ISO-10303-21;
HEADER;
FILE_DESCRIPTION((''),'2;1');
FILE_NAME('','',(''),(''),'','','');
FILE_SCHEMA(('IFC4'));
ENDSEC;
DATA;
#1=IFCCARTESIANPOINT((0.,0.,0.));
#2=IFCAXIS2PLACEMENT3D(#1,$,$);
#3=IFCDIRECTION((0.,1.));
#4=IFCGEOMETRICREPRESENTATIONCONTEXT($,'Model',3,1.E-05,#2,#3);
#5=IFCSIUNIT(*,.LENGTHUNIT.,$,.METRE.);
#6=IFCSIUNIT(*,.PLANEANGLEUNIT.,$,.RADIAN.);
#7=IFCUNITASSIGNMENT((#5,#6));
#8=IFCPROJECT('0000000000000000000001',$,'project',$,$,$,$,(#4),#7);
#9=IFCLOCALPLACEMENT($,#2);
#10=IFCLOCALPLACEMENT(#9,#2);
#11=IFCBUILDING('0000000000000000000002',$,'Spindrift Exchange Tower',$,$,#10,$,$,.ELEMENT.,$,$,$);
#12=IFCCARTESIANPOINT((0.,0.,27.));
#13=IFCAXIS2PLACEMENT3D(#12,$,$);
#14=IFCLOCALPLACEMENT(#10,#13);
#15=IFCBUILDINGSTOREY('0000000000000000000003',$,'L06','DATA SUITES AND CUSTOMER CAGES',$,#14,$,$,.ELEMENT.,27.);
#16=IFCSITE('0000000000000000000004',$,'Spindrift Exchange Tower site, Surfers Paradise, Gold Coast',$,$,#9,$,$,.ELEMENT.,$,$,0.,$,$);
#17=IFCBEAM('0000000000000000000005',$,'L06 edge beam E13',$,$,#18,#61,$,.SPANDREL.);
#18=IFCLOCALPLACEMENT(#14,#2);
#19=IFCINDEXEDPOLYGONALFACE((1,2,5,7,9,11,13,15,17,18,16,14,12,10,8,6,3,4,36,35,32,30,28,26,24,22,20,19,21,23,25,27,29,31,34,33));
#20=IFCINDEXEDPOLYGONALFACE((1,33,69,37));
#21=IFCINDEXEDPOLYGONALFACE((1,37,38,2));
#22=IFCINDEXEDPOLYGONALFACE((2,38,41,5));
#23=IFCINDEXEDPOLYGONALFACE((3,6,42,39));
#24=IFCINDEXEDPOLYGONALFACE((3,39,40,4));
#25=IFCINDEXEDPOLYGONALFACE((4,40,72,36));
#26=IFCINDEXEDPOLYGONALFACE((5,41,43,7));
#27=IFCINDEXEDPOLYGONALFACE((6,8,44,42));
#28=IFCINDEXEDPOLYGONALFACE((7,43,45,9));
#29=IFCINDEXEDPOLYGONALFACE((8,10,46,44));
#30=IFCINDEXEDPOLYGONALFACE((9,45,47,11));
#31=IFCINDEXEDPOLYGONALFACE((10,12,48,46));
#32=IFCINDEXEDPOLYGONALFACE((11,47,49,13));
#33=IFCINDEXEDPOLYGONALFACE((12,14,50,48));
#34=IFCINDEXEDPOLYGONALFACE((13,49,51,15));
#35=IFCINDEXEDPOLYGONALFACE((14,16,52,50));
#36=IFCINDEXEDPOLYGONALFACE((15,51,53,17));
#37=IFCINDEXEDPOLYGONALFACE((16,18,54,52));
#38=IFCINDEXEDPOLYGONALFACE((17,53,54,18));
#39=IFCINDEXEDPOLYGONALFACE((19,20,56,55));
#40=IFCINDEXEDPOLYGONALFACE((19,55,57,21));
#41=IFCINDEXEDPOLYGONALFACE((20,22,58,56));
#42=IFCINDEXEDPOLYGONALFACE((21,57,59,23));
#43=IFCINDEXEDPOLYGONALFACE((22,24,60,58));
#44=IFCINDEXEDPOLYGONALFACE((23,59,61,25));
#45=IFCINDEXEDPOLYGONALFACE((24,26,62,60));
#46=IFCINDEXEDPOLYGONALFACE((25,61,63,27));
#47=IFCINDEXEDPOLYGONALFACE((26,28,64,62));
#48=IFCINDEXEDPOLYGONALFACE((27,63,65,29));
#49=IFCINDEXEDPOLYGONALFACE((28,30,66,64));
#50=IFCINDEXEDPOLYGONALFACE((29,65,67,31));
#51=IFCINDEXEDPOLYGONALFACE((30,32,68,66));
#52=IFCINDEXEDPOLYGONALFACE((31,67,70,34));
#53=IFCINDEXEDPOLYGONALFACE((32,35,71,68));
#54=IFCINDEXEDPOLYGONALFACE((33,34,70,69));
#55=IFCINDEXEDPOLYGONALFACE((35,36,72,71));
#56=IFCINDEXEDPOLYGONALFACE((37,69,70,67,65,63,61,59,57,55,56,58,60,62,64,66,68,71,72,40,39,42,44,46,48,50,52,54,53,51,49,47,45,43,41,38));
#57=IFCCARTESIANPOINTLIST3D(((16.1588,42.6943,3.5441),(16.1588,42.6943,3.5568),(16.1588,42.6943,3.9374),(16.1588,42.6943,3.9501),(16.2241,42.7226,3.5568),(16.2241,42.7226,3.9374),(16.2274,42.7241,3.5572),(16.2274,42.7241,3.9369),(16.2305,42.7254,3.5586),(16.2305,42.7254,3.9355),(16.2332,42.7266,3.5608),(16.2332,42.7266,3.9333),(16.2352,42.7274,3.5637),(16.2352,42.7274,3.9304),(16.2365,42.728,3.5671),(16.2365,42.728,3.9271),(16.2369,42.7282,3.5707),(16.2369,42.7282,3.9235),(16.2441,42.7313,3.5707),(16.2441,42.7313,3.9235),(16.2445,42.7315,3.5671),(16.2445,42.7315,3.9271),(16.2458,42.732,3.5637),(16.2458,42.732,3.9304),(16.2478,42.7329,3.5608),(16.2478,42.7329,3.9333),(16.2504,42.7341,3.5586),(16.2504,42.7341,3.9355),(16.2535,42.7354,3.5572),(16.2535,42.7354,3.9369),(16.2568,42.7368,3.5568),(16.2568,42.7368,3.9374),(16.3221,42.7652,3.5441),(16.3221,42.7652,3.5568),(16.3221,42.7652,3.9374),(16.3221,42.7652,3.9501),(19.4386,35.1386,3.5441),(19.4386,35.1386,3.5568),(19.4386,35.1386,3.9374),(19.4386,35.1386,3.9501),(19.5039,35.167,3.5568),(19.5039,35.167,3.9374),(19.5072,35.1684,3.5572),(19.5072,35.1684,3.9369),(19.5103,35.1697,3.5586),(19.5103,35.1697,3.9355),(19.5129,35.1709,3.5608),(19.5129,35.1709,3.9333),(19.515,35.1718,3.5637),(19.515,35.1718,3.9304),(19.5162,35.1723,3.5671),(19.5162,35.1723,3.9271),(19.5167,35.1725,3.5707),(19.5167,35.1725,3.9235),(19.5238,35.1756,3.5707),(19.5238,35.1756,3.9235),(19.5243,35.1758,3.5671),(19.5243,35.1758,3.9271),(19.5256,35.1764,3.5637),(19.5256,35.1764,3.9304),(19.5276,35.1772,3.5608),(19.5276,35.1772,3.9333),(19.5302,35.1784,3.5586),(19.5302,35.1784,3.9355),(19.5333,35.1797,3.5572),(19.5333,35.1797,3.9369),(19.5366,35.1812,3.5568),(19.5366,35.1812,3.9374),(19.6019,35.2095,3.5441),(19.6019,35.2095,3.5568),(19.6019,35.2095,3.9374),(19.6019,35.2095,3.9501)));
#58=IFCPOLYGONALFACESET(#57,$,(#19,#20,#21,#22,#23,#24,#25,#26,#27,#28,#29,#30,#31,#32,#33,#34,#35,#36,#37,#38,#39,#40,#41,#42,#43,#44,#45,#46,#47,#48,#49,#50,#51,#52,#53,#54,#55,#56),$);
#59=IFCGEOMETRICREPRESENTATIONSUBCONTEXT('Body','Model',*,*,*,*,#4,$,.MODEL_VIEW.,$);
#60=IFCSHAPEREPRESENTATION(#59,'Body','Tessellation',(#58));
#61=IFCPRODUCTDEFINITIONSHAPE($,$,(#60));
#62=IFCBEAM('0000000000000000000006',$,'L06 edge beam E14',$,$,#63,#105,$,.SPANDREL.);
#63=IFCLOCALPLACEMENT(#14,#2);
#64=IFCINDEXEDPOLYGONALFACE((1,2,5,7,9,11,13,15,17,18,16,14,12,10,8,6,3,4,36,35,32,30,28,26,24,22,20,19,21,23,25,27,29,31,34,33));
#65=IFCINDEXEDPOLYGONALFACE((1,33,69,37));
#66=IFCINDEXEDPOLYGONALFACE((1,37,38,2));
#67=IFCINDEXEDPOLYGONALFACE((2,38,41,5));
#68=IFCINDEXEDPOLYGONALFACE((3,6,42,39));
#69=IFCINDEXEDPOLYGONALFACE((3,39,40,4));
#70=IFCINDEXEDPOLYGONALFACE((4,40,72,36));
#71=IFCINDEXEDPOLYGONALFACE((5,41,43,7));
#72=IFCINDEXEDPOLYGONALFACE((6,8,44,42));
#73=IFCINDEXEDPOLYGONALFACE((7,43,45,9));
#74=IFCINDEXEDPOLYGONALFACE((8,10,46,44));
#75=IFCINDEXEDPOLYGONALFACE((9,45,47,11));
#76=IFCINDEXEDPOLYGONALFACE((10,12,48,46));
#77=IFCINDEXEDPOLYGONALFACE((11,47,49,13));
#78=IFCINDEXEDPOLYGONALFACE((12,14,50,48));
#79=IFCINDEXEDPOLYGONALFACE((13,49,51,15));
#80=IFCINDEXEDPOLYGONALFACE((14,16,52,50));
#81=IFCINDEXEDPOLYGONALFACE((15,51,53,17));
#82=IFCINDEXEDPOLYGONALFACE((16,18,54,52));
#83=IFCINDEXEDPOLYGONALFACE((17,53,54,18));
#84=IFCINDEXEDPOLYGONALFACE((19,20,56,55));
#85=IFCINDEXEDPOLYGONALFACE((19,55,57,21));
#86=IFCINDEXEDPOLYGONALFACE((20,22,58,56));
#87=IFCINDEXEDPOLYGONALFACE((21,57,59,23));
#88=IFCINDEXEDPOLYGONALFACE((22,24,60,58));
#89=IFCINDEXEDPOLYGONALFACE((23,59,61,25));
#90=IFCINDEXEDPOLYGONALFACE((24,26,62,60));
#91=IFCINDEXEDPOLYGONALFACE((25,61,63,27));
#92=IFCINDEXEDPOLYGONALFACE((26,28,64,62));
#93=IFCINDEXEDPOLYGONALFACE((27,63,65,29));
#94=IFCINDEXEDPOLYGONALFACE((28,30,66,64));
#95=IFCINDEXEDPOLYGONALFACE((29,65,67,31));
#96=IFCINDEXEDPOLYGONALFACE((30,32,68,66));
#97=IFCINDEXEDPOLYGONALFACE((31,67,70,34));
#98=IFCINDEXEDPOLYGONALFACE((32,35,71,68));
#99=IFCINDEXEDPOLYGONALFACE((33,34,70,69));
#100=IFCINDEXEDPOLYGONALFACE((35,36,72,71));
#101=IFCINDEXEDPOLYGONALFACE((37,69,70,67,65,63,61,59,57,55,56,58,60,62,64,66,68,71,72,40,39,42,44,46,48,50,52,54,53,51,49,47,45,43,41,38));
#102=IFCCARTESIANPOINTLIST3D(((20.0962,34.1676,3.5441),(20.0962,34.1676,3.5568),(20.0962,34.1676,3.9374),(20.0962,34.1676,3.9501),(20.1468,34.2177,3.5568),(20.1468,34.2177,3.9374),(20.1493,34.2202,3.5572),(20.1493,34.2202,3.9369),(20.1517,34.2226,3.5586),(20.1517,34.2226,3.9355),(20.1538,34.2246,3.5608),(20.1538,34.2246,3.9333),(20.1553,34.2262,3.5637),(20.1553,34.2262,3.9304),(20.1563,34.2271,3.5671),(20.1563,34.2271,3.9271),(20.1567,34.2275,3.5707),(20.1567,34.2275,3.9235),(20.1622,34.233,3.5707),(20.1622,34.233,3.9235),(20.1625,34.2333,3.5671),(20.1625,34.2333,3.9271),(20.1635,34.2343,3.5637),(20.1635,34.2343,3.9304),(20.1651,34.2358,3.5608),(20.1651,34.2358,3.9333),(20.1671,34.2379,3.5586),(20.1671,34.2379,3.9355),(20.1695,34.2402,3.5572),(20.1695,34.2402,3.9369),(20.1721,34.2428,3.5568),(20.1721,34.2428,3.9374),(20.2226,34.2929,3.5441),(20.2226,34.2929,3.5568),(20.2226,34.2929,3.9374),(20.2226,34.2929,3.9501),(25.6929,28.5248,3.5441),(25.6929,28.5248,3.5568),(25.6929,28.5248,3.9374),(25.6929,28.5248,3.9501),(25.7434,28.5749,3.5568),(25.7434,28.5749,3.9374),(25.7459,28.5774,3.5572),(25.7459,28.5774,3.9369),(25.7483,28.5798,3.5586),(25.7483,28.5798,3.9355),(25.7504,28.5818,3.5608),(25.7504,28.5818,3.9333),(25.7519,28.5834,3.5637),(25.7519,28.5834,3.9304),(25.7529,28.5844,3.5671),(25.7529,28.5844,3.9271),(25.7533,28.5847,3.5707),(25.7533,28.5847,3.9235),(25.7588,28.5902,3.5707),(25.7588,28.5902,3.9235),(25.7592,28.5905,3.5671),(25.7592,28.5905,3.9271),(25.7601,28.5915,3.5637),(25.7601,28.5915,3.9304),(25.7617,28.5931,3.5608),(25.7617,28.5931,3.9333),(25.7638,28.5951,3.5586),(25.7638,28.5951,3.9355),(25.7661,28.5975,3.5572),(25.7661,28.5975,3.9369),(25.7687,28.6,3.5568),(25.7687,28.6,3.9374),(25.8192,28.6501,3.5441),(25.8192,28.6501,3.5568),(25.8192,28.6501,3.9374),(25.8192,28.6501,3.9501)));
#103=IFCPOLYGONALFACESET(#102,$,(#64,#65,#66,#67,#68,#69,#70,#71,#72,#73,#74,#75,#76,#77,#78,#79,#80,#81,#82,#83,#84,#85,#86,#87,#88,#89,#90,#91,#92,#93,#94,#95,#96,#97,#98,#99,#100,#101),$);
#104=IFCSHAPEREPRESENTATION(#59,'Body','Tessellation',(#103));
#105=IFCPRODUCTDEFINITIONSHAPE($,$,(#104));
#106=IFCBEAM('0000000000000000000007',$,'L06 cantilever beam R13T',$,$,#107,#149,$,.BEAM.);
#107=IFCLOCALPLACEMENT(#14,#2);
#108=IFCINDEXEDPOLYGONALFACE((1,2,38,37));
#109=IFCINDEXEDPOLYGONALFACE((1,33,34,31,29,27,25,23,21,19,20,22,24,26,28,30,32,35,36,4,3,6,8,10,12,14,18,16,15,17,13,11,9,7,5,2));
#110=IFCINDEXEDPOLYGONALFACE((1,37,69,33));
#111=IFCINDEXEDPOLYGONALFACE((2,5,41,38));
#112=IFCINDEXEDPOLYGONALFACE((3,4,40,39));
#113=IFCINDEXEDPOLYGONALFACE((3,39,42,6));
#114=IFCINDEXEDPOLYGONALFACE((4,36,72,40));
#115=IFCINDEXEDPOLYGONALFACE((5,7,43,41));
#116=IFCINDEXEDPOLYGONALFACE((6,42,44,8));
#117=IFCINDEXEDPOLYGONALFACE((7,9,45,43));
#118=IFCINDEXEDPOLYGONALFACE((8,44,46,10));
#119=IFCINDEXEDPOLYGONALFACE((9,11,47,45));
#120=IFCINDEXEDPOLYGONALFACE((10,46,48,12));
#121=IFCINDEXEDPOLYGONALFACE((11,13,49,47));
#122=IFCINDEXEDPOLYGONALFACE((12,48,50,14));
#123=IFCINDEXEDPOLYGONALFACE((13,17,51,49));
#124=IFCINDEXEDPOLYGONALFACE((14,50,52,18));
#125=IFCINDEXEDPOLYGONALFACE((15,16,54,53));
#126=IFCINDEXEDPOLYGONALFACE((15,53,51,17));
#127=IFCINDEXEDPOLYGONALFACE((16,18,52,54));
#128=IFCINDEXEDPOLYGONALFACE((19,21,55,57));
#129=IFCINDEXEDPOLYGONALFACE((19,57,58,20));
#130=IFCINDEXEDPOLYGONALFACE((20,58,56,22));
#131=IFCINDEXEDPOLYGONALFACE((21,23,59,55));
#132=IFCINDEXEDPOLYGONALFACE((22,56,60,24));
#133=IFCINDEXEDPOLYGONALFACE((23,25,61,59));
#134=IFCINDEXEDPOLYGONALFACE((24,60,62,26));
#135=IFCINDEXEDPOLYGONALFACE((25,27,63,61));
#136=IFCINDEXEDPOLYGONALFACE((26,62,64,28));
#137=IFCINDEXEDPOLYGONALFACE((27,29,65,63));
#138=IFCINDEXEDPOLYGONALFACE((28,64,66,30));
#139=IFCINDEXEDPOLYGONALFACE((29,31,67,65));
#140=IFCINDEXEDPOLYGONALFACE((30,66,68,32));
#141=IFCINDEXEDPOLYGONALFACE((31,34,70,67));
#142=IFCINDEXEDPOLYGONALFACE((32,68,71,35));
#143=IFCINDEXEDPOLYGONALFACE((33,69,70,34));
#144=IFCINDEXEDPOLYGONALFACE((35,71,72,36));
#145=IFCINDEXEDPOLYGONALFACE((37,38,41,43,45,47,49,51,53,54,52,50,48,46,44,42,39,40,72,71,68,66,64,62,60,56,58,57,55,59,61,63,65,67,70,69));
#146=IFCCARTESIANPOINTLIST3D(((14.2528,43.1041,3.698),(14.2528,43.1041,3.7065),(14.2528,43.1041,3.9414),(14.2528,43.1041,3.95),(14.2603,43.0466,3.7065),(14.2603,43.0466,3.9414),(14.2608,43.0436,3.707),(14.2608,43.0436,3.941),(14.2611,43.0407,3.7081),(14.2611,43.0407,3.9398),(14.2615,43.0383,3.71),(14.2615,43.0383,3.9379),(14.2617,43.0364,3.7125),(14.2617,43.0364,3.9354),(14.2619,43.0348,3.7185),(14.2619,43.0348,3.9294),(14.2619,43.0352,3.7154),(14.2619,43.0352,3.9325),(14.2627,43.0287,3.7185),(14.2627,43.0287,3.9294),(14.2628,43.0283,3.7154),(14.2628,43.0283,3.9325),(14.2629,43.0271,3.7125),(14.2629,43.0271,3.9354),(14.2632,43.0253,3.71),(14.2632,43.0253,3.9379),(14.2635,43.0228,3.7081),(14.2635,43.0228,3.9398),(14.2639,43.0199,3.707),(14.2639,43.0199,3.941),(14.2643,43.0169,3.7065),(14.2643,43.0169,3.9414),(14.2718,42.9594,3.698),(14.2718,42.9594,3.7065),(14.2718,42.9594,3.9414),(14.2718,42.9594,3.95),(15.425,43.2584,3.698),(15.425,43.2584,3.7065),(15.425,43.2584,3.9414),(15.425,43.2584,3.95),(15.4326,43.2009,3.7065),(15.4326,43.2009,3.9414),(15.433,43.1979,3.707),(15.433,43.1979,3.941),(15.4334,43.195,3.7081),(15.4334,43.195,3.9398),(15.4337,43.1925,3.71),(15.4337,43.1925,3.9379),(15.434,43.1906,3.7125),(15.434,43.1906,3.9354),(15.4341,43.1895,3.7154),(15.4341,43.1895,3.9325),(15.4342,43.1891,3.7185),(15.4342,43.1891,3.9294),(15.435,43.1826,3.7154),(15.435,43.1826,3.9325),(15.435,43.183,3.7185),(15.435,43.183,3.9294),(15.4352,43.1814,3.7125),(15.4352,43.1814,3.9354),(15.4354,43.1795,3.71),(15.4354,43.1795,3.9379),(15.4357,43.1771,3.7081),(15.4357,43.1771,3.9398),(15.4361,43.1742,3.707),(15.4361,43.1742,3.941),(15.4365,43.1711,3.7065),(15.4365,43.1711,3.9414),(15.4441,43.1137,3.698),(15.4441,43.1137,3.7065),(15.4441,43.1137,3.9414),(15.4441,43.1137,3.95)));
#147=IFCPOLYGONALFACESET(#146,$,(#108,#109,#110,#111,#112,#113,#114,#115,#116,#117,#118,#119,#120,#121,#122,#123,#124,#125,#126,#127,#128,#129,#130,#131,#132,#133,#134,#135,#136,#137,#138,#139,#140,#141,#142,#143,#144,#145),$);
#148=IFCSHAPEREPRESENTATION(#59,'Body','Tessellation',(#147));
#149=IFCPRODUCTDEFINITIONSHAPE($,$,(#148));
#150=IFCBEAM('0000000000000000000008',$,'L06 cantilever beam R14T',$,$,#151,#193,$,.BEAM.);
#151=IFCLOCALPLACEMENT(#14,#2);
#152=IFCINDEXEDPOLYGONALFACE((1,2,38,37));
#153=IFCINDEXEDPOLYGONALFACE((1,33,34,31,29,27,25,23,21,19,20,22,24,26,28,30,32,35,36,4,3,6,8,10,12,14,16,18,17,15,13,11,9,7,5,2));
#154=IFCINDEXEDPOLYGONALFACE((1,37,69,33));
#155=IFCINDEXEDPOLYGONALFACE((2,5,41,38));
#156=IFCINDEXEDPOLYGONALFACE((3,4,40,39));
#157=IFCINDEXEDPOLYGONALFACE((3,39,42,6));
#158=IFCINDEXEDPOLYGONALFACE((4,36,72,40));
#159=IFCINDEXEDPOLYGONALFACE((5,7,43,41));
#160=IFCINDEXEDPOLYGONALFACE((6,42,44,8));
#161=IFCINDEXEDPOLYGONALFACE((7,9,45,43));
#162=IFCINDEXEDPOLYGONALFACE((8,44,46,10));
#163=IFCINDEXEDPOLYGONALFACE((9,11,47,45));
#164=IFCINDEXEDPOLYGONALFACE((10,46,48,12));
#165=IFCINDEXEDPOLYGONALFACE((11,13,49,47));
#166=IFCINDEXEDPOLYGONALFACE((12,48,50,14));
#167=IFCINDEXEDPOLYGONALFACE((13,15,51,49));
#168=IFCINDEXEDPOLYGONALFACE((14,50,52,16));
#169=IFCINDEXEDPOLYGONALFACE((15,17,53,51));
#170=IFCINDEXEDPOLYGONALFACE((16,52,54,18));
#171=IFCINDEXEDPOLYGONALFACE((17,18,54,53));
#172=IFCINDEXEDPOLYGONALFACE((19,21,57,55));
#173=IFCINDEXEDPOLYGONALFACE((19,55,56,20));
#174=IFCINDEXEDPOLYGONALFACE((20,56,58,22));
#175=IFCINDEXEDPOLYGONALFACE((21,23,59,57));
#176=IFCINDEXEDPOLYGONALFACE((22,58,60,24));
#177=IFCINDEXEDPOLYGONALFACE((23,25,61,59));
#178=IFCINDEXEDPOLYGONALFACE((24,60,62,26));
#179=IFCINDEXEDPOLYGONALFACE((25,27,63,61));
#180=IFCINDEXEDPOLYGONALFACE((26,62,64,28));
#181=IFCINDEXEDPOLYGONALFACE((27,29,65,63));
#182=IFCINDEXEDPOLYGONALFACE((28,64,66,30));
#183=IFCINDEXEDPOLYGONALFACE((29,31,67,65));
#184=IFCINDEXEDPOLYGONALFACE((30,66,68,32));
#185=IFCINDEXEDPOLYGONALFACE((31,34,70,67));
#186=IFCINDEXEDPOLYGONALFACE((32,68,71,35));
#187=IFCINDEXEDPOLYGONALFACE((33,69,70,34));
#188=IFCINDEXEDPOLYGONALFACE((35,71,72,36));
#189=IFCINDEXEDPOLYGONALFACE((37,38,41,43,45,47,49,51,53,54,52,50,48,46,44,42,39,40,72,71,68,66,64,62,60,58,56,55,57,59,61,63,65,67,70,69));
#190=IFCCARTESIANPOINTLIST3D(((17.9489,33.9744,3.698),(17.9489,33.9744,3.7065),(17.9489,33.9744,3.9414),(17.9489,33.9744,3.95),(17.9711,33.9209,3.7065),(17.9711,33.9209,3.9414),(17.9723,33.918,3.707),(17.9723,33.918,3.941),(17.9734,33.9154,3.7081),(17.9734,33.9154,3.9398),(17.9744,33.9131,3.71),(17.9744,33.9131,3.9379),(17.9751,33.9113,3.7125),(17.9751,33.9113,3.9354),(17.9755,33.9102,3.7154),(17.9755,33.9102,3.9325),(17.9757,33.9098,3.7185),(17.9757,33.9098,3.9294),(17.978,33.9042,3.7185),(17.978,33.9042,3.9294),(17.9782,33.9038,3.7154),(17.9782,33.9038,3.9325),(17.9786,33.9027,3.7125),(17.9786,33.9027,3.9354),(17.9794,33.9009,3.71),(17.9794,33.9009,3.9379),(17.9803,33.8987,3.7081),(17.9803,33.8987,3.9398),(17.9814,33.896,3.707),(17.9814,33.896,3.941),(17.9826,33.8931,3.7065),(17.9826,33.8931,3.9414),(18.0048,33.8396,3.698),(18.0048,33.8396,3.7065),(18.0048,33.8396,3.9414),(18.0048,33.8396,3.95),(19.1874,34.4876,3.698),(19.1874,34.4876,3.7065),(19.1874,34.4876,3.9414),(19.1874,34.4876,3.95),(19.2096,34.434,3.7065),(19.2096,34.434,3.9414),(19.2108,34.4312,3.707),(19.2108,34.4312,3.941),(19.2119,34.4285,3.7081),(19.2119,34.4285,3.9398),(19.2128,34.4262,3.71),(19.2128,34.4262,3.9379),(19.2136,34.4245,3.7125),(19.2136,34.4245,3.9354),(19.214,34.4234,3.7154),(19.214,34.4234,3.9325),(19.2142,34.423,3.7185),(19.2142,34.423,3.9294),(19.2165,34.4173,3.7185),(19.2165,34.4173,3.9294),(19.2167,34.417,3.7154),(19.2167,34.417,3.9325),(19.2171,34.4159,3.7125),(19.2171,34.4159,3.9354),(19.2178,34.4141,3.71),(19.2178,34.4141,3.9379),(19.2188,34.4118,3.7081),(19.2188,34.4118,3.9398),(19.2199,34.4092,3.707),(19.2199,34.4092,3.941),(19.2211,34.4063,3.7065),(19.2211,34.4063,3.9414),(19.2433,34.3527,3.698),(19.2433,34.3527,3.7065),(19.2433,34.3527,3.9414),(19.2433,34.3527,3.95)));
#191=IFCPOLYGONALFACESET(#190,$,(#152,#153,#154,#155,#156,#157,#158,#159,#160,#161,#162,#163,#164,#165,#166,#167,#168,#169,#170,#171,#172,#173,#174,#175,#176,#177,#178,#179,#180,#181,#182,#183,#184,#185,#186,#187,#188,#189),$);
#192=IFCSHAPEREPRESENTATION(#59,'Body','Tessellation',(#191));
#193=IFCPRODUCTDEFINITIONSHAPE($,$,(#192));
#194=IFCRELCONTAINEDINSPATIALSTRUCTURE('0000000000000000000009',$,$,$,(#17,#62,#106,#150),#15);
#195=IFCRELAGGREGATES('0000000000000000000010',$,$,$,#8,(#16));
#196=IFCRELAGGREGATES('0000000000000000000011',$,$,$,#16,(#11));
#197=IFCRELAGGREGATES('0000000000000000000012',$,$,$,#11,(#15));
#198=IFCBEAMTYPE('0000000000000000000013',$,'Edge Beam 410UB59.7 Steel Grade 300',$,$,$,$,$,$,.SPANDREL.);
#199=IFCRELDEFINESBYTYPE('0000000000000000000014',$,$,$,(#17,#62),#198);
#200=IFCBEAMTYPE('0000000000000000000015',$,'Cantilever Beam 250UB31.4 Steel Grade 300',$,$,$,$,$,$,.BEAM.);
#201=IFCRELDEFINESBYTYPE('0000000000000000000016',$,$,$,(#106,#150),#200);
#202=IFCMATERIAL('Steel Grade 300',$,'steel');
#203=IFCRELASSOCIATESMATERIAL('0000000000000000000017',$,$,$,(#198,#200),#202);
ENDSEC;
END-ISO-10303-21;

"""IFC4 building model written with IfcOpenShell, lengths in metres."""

from ifc_helpers import new_model, si_unit, direction, frame, origin, origin_2d, place, context, subcontext, project, spatial, i_section, extrude, source, transform, mapped, material, material_profile, profile_set, type_object, element, save


model = new_model("IFC4")

# Units and contexts
model_context = context("Model", 3, precision=1e-05, world=origin(), true_north=direction((0.0, 1.0)))
body_context = subcontext(model_context, "Body", "Model", "MODEL_VIEW")
ifc_project = project(units=[si_unit("LENGTHUNIT", "METRE"), si_unit("PLANEANGLEUNIT", "RADIAN")], contexts=[model_context])

# Site, building, storey
site_placement = place(None, origin())
site = spatial("IfcSite", under=ifc_project, at=site_placement, Name="Spindrift Exchange Tower site, Surfers Paradise, Gold Coast", CompositionType="ELEMENT", RefElevation=0.0)
building_placement = place(site_placement, origin())
building = spatial("IfcBuilding", under=site, at=building_placement, Name="Spindrift Exchange Tower", CompositionType="ELEMENT")
storey_placement = place(building_placement, frame((0.0, 0.0, 27.0)))
storey = spatial("IfcBuildingStorey", under=building, at=storey_placement, Name="L06", Description="DATA SUITES AND CUSTOMER CAGES", CompositionType="ELEMENT", Elevation=27.0)

# Beams
ifc_material_1 = material(Name="Steel Grade 300", Category="steel")
ifc_material_profile_1 = material_profile(ifc_material_1, i_section(OverallWidth=0.178, OverallDepth=0.406, WebThickness=0.0078, FlangeThickness=0.0127, FilletRadius=0.0139, at=origin_2d()), Name="410UB59.7")
ifc_profile_set_1 = profile_set([ifc_material_profile_1], Name="Steel Grade 300")
beam_type_1 = type_object("IfcBeamType", Name="Edge Beam 410UB59.7 Steel Grade 300", PredefinedType="SPANDREL", material=ifc_profile_set_1)
shared_shape_1 = source(origin(), body_context, "Body", "SweptSolid", [
    extrude(i_section(OverallWidth=0.178, OverallDepth=0.406, WebThickness=0.0078, FlangeThickness=0.0127, FilletRadius=0.0139, at=origin_2d()), origin(), (0.0, 0.0, 1.0), 8.2368),
])
beam_1_placement = place(storey_placement, frame((16.2405, 42.7297, 3.7471), z_axis=(0.398186, -0.917305, 0.0), x_axis=(0.917305, 0.398186, 0.0)))
element("IfcBeam", 1, at=beam_1_placement, inside=storey, type_object=beam_type_1, Name="L06 edge beam E13", PredefinedType="SPANDREL", context=body_context, shape_type="MappedRepresentation", body=[
    mapped(shared_shape_1, transform((0.0, 0.0, 0.0), scale=1.0)),
])
shared_shape_2 = source(origin(), body_context, "Body", "SweptSolid", [
    extrude(i_section(OverallWidth=0.178, OverallDepth=0.406, WebThickness=0.0078, FlangeThickness=0.0127, FilletRadius=0.0139, at=origin_2d()), origin(), (0.0, 0.0, 1.0), 7.9475),
])
beam_2_placement = place(storey_placement, frame((20.1594, 34.2302, 3.7471), z_axis=(0.704198, -0.710004, 0.0), x_axis=(0.710004, 0.704198, 0.0)))
element("IfcBeam", 2, at=beam_2_placement, inside=storey, type_object=beam_type_1, Name="L06 edge beam E14", PredefinedType="SPANDREL", context=body_context, shape_type="MappedRepresentation", body=[
    mapped(shared_shape_2, transform((0.0, 0.0, 0.0), scale=1.0)),
])
ifc_material_profile_2 = material_profile(ifc_material_1, i_section(OverallWidth=0.146, OverallDepth=0.252, WebThickness=0.0061, FlangeThickness=0.0085, FilletRadius=0.012, at=origin_2d()), Name="250UB31.4")
ifc_profile_set_2 = profile_set([ifc_material_profile_2], Name="Steel Grade 300")
beam_type_2 = type_object("IfcBeamType", Name="Cantilever Beam 250UB31.4 Steel Grade 300", PredefinedType="BEAM", material=ifc_profile_set_2)
shared_shape_3 = source(origin(), body_context, "Body", "SweptSolid", [
    extrude(i_section(OverallWidth=0.146, OverallDepth=0.252, WebThickness=0.0061, FlangeThickness=0.0085, FilletRadius=0.012, at=origin_2d()), origin(), (0.0, 0.0, 1.0), 1.1824),
])
beam_3_placement = place(storey_placement, frame((15.4346, 43.186, 3.824), z_axis=(-0.99145, -0.130487, 0.0), x_axis=(0.130487, -0.99145, 0.0)))
element("IfcBeam", 3, at=beam_3_placement, inside=storey, type_object=beam_type_2, Name="L06 cantilever beam R13T", PredefinedType="BEAM", context=body_context, shape_type="MappedRepresentation", body=[
    mapped(shared_shape_3, transform((0.0, 0.0, 0.0), scale=1.0)),
])
shared_shape_4 = source(origin(), body_context, "Body", "SweptSolid", [
    extrude(i_section(OverallWidth=0.146, OverallDepth=0.252, WebThickness=0.0061, FlangeThickness=0.0085, FilletRadius=0.012, at=origin_2d()), origin(), (0.0, 0.0, 1.0), 1.3406),
])
beam_4_placement = place(storey_placement, frame((19.2153, 34.4202, 3.824), z_axis=(-0.923835, -0.382791, 0.0), x_axis=(0.382791, -0.923835, 0.0)))
element("IfcBeam", 4, at=beam_4_placement, inside=storey, type_object=beam_type_2, Name="L06 cantilever beam R14T", PredefinedType="BEAM", context=body_context, shape_type="MappedRepresentation", body=[
    mapped(shared_shape_4, transform((0.0, 0.0, 0.0), scale=1.0)),
])

save(model, "model.ifc")
